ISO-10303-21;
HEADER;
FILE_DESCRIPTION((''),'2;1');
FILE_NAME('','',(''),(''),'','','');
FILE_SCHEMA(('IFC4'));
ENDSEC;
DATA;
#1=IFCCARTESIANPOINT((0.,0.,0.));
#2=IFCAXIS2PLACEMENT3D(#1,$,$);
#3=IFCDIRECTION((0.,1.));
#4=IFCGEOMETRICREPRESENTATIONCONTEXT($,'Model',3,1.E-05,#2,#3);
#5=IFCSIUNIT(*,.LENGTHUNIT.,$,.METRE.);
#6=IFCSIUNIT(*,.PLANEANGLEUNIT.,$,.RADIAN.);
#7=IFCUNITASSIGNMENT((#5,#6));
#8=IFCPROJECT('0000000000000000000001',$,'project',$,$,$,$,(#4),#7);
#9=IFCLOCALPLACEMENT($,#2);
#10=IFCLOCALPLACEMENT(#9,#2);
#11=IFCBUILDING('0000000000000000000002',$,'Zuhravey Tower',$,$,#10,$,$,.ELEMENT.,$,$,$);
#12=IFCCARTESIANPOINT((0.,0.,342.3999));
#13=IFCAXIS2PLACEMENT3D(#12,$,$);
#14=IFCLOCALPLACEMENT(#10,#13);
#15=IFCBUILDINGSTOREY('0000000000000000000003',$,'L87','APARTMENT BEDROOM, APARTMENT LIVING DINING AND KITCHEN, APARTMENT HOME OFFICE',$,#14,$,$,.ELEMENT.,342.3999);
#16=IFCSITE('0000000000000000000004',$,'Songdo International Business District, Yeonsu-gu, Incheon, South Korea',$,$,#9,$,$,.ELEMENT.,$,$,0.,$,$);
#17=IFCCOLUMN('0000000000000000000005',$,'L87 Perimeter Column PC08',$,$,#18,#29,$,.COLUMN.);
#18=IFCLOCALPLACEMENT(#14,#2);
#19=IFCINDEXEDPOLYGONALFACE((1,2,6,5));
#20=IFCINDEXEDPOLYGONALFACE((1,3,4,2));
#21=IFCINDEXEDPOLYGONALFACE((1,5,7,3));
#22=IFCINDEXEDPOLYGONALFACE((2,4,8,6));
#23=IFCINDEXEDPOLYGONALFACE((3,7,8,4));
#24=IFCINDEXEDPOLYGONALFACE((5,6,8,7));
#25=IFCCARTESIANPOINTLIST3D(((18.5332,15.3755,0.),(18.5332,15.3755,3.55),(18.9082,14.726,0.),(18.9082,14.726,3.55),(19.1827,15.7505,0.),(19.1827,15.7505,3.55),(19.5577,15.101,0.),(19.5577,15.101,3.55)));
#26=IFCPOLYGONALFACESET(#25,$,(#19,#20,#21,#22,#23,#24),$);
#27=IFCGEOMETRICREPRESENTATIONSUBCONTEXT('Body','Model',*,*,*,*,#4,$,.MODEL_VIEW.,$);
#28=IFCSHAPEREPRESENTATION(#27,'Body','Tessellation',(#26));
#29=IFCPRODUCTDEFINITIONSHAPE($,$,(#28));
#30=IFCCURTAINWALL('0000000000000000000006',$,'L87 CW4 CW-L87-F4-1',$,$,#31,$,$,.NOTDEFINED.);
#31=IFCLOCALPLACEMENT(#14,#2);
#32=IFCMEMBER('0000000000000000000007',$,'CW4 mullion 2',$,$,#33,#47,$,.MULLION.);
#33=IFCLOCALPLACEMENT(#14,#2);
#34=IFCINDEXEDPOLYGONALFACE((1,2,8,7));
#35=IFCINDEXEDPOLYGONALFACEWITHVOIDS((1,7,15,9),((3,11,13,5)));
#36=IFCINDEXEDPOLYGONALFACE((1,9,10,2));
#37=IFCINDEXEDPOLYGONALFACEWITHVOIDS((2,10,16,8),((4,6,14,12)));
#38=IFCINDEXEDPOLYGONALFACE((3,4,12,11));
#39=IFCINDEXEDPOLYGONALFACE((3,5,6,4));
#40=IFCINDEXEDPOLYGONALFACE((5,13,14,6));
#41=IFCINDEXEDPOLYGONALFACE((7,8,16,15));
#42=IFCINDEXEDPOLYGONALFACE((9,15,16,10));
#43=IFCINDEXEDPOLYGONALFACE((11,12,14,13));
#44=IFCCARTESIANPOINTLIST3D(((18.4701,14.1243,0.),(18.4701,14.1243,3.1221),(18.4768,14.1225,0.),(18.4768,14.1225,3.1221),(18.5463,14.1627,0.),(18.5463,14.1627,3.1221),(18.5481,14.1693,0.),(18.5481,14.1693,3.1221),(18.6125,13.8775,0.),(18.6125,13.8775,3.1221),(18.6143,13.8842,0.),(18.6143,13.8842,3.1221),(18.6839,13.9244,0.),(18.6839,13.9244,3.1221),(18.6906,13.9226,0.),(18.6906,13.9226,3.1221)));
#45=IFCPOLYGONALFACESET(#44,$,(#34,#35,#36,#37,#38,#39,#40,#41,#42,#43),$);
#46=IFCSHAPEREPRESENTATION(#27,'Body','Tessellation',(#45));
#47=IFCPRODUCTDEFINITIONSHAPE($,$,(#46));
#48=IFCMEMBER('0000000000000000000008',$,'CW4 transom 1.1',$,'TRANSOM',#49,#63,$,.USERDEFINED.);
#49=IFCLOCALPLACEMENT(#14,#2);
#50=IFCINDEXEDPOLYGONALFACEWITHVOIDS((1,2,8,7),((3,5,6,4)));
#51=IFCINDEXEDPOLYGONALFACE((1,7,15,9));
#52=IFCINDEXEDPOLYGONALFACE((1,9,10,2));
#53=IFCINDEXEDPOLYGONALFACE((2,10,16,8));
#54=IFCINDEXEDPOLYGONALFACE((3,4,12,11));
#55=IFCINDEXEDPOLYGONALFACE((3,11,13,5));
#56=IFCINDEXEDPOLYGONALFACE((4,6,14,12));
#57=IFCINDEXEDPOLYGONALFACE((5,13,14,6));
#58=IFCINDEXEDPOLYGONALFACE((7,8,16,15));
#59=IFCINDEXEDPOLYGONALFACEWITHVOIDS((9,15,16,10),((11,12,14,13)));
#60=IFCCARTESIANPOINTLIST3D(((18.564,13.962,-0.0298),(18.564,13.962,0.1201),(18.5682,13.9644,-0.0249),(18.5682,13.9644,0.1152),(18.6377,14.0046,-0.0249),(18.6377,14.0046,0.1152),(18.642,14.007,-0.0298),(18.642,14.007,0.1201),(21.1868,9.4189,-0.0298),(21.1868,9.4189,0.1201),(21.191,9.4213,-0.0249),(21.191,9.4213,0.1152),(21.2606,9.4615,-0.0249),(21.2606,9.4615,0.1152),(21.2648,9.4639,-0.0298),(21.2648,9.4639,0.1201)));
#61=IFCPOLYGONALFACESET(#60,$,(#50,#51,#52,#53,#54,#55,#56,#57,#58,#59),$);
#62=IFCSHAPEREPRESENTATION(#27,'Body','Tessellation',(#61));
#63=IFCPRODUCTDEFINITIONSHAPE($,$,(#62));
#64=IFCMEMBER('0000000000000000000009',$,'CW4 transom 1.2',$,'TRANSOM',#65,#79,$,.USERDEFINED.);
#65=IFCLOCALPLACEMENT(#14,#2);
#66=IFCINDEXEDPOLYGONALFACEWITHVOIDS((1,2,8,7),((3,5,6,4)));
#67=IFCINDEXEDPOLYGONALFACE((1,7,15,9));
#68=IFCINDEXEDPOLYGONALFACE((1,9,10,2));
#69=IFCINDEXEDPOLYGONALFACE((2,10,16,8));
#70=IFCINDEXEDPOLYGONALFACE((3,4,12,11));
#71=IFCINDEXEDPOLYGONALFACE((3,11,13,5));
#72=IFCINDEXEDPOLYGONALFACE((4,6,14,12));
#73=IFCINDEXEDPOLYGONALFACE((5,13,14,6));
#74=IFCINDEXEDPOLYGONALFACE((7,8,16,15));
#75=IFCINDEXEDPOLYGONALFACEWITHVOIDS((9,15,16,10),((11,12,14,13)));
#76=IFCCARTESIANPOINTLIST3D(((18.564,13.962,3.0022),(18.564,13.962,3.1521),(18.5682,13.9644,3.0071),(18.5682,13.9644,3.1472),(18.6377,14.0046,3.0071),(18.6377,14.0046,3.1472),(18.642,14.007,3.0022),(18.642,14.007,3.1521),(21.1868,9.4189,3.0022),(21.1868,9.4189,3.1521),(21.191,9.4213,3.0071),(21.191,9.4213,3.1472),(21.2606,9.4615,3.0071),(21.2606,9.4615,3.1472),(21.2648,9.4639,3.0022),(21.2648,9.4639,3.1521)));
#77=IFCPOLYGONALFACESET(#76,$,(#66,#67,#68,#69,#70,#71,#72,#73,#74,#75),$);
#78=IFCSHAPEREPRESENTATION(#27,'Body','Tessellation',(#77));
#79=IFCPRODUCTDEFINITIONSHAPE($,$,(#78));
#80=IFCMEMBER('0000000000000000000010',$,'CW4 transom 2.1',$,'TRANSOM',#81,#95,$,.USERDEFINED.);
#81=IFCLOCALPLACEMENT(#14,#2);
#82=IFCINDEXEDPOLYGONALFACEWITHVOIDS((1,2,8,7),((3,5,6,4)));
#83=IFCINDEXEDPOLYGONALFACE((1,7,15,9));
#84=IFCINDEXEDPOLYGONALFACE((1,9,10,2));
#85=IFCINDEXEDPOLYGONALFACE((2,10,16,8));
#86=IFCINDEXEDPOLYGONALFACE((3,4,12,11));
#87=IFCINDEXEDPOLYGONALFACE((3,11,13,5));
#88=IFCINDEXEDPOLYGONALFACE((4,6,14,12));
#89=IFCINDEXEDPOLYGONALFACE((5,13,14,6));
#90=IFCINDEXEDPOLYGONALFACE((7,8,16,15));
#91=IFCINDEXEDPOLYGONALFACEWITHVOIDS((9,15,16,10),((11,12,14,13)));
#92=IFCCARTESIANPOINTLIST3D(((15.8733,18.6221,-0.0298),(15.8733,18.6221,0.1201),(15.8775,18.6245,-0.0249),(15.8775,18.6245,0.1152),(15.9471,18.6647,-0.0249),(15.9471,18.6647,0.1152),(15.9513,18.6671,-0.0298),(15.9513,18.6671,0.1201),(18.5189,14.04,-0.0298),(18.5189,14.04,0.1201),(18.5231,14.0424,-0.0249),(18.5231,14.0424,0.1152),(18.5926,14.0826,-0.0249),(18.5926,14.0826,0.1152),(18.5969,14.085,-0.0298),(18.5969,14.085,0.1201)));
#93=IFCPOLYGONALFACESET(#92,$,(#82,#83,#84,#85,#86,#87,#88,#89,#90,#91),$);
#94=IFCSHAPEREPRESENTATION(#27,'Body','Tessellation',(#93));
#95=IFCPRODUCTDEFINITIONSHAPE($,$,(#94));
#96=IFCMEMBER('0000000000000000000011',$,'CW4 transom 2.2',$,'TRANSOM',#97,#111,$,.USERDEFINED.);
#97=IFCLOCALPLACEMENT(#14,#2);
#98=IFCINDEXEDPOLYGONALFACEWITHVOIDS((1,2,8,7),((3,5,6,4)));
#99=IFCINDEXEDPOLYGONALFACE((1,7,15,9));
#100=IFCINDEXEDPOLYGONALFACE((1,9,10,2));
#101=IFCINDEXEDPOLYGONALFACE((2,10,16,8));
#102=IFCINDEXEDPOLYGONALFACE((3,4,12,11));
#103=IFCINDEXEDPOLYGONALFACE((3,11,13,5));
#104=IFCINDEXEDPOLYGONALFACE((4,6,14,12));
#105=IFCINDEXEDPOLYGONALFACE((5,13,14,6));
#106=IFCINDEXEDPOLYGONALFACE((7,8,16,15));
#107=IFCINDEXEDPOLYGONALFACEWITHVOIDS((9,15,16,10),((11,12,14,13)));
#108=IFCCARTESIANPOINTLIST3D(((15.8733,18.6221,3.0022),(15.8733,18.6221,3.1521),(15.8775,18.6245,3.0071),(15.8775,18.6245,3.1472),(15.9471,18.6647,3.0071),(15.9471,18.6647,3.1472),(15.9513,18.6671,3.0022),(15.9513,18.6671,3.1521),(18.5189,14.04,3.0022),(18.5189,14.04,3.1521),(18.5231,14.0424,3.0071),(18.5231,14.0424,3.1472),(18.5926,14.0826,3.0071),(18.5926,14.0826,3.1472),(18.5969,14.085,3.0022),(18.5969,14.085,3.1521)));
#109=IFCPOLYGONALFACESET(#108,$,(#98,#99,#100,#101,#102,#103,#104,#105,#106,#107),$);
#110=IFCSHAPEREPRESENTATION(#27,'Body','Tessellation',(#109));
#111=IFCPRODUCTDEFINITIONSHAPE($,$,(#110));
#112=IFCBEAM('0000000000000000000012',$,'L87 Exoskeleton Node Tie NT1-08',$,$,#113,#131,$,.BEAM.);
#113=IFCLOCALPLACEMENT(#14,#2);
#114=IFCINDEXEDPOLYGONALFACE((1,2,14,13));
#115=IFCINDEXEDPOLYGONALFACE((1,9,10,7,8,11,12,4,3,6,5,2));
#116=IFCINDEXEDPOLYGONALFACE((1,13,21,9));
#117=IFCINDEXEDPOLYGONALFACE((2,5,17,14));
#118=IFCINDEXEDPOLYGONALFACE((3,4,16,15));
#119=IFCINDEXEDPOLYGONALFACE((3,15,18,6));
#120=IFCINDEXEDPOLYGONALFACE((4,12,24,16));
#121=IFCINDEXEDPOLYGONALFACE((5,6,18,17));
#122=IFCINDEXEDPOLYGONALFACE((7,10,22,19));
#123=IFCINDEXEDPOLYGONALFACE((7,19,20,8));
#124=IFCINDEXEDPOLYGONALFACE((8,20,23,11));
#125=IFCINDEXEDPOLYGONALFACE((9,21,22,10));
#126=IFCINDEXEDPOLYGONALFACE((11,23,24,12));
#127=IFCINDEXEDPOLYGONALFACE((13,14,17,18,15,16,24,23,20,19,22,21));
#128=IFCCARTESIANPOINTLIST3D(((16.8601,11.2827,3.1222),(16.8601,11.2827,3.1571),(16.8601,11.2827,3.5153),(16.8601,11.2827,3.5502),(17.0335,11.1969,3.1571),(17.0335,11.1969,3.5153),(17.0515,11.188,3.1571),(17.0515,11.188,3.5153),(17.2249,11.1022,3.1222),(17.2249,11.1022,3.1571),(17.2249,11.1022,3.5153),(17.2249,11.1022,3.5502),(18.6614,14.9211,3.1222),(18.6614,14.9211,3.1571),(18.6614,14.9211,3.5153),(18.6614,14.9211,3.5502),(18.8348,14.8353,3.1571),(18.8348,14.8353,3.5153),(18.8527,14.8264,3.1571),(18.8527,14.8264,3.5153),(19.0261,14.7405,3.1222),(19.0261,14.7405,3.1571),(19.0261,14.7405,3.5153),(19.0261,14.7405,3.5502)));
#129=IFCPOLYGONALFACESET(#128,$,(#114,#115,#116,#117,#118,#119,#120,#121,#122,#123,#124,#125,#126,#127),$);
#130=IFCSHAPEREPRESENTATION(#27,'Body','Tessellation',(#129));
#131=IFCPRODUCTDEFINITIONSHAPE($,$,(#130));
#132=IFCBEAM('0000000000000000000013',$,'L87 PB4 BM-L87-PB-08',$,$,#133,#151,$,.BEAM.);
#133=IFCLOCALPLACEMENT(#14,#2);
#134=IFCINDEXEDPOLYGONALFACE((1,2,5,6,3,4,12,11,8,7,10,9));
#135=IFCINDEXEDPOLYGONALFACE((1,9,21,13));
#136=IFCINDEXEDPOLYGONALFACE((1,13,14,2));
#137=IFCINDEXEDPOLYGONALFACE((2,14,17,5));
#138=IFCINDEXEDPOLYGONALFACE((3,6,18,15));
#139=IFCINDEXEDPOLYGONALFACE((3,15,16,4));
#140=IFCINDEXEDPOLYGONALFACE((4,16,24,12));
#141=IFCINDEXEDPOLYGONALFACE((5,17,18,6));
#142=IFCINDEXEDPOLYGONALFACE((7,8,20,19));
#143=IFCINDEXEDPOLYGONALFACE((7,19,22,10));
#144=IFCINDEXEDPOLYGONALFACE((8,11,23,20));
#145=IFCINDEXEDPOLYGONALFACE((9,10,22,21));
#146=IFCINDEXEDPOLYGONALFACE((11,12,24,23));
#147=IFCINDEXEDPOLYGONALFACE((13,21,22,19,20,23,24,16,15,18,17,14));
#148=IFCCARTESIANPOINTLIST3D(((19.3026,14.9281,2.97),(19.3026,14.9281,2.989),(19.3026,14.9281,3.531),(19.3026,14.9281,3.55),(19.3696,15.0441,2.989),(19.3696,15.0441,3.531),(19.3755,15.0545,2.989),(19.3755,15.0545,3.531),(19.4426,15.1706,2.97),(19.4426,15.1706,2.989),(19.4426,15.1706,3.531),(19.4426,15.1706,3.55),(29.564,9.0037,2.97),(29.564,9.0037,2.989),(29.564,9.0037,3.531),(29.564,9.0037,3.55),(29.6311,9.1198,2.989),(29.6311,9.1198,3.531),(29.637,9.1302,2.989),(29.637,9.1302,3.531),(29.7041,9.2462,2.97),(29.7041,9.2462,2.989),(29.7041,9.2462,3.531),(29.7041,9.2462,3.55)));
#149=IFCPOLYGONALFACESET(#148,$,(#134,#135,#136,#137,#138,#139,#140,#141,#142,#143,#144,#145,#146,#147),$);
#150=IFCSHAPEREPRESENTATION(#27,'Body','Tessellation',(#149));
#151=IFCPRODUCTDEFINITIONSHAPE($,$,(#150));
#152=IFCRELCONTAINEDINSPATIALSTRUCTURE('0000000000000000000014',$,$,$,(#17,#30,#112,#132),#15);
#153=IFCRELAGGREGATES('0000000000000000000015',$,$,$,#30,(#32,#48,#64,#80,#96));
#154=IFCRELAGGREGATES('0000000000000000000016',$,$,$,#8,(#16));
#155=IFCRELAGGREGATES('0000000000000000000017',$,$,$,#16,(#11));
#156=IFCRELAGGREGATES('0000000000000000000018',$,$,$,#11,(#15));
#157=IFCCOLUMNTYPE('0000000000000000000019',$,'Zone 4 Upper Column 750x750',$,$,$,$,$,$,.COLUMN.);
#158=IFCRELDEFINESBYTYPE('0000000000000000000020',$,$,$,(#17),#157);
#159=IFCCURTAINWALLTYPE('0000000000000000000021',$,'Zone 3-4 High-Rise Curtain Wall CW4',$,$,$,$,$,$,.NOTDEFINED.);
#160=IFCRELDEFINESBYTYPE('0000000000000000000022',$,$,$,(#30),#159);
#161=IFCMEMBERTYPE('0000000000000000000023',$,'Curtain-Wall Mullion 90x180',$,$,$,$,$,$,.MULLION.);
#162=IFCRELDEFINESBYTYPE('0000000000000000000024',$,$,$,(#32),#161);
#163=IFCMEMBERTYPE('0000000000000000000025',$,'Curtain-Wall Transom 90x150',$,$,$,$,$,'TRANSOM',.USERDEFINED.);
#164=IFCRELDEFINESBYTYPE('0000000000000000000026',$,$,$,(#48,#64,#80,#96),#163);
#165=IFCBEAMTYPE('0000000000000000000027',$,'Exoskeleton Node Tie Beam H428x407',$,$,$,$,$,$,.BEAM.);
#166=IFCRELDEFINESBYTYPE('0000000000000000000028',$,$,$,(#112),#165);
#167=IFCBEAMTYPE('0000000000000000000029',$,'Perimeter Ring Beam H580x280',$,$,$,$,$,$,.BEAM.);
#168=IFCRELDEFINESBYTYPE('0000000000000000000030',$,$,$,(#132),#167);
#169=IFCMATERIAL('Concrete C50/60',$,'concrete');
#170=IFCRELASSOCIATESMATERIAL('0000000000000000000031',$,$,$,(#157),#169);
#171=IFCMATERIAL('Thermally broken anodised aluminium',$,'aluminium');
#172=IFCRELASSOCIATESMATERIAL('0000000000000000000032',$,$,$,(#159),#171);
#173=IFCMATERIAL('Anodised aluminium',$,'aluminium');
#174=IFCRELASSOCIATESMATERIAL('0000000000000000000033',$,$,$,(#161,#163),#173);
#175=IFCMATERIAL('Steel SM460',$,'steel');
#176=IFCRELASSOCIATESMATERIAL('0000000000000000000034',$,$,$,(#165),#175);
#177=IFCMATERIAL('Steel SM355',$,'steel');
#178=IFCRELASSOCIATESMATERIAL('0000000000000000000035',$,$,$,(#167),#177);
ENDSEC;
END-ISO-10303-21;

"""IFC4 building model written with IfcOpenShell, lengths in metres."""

from ifc_helpers import new_model, si_unit, direction, frame, origin, origin_2d, place, context, subcontext, project, spatial, rectangle, hollow_rectangle, i_section, extrude, material, material_profile, profile_set, type_object, element, aggregate, save


model = new_model("IFC4")

# Units and contexts
model_context = context("Model", 3, precision=1e-05, world=origin(), true_north=direction((0.0, 1.0)))
body_context = subcontext(model_context, "Body", "Model", "MODEL_VIEW")
ifc_project = project(units=[si_unit("LENGTHUNIT", "METRE"), si_unit("PLANEANGLEUNIT", "RADIAN")], contexts=[model_context])

# Site, building, storey
site_placement = place(None, origin())
site = spatial("IfcSite", under=ifc_project, at=site_placement, Name="Songdo International Business District, Yeonsu-gu, Incheon, South Korea", CompositionType="ELEMENT", RefElevation=0.0)
building_placement = place(site_placement, origin())
building = spatial("IfcBuilding", under=site, at=building_placement, Name="Zuhravey Tower", CompositionType="ELEMENT")
storey_placement = place(building_placement, frame((0.0, 0.0, 342.3999)))
storey = spatial("IfcBuildingStorey", under=building, at=storey_placement, Name="L87", Description="APARTMENT BEDROOM, APARTMENT LIVING DINING AND KITCHEN, APARTMENT HOME OFFICE", CompositionType="ELEMENT", Elevation=342.3999)

# Column
ifc_material_1 = material(Name="Concrete C50/60", Category="concrete")
ifc_material_profile_1 = material_profile(ifc_material_1, rectangle(XDim=0.75, YDim=0.75, at=origin_2d()), Name="RC-750x750")
ifc_profile_set_1 = profile_set([ifc_material_profile_1], Name="Concrete C50/60")
column_type = type_object("IfcColumnType", Name="Zone 4 Upper Column 750x750", PredefinedType="COLUMN", material=ifc_profile_set_1)
column_placement = place(storey_placement, frame((19.0454, 15.2383, 0.0), z_axis=(0.0, 0.0, 1.0), x_axis=(0.5, -0.866025, 0.0)))
element("IfcColumn", 1, at=column_placement, inside=storey, type_object=column_type, Name="L87 Perimeter Column PC08", PredefinedType="COLUMN", context=body_context, shape_type="SweptSolid", body=[
    extrude(rectangle(XDim=0.75, YDim=0.75, at=origin_2d()), origin(), (0.0, 0.0, 1.0), 3.55),
])

# Curtain wall, members
ifc_material_2 = material(Name="Thermally broken anodised aluminium", Category="aluminium")
curtain_wall_type = type_object("IfcCurtainWallType", Name="Zone 3-4 High-Rise Curtain Wall CW4", PredefinedType="NOTDEFINED", material=ifc_material_2)
curtain_wall_placement = place(storey_placement, origin())
curtain_wall = element("IfcCurtainWall", 2, at=curtain_wall_placement, inside=storey, type_object=curtain_wall_type, Name="L87 CW4 CW-L87-F4-1", PredefinedType="NOTDEFINED")
ifc_material_3 = material(Name="Anodised aluminium", Category="aluminium")
ifc_material_profile_2 = material_profile(ifc_material_3, hollow_rectangle(XDim=0.0901, YDim=0.2849, WallThickness=0.0049, at=origin_2d()), Name="ALU-RHS-90x285x5")
ifc_profile_set_2 = profile_set([ifc_material_profile_2], Name="Anodised aluminium")
member_type_1 = type_object("IfcMemberType", Name="Curtain-Wall Mullion 90x180", PredefinedType="MULLION", material=ifc_profile_set_2)
member_1_placement = place(storey_placement, frame((18.5803, 14.0234, 0.0), z_axis=(0.0, 0.0, 1.0), x_axis=(-0.866026, -0.499999, 0.0)))
member_1 = element("IfcMember", 3, at=member_1_placement, type_object=member_type_1, Name="CW4 mullion 2", PredefinedType="MULLION", context=body_context, shape_type="SweptSolid", body=[
    extrude(hollow_rectangle(XDim=0.0901, YDim=0.2849, WallThickness=0.0049, at=origin_2d()), origin(), (0.0, 0.0, 1.0), 3.1221),
])
ifc_material_profile_3 = material_profile(ifc_material_3, hollow_rectangle(XDim=0.0901, YDim=0.1499, WallThickness=0.0049, at=origin_2d()), Name="ALU-RHS-90x150x5")
ifc_profile_set_3 = profile_set([ifc_material_profile_3], Name="Anodised aluminium")
member_type_2 = type_object("IfcMemberType", Name="Curtain-Wall Transom 90x150", ElementType="TRANSOM", PredefinedType="USERDEFINED", material=ifc_profile_set_3)
member_2_placement = place(storey_placement, frame((21.2258, 9.4414, 0.0452), z_axis=(-0.499988, 0.866032, 0.0), x_axis=(-0.866032, -0.499988, 0.0)))
member_2 = element("IfcMember", 4, at=member_2_placement, type_object=member_type_2, Name="CW4 transom 1.1", ObjectType="TRANSOM", PredefinedType="USERDEFINED", context=body_context, shape_type="SweptSolid", body=[
    extrude(hollow_rectangle(XDim=0.0901, YDim=0.1499, WallThickness=0.0049, at=origin_2d()), origin(), (0.0, 0.0, 1.0), 5.2458),
])
member_3_placement = place(storey_placement, frame((21.2258, 9.4414, 3.0771), z_axis=(-0.499988, 0.866032, 0.0), x_axis=(-0.866032, -0.499988, 0.0)))
member_3 = element("IfcMember", 5, at=member_3_placement, type_object=member_type_2, Name="CW4 transom 1.2", ObjectType="TRANSOM", PredefinedType="USERDEFINED", context=body_context, shape_type="SweptSolid", body=[
    extrude(hollow_rectangle(XDim=0.0901, YDim=0.1499, WallThickness=0.0049, at=origin_2d()), origin(), (0.0, 0.0, 1.0), 5.2458),
])
member_4_placement = place(storey_placement, frame((18.5579, 14.0625, 0.0452), z_axis=(-0.50001, 0.86602, 0.0), x_axis=(-0.86602, -0.50001, 0.0)))
member_4 = element("IfcMember", 6, at=member_4_placement, type_object=member_type_2, Name="CW4 transom 2.1", ObjectType="TRANSOM", PredefinedType="USERDEFINED", context=body_context, shape_type="SweptSolid", body=[
    extrude(hollow_rectangle(XDim=0.0901, YDim=0.1499, WallThickness=0.0049, at=origin_2d()), origin(), (0.0, 0.0, 1.0), 5.291),
])
member_5_placement = place(storey_placement, frame((18.5579, 14.0625, 3.0771), z_axis=(-0.50001, 0.86602, 0.0), x_axis=(-0.86602, -0.50001, 0.0)))
member_5 = element("IfcMember", 7, at=member_5_placement, type_object=member_type_2, Name="CW4 transom 2.2", ObjectType="TRANSOM", PredefinedType="USERDEFINED", context=body_context, shape_type="SweptSolid", body=[
    extrude(hollow_rectangle(XDim=0.0901, YDim=0.1499, WallThickness=0.0049, at=origin_2d()), origin(), (0.0, 0.0, 1.0), 5.291),
])

# Beams
ifc_material_4 = material(Name="Steel SM460", Category="steel")
ifc_material_profile_4 = material_profile(ifc_material_4, i_section(OverallWidth=0.407, OverallDepth=0.428, WebThickness=0.02, FlangeThickness=0.0349, at=origin_2d()), Name="H-428x407x20x35")
ifc_profile_set_4 = profile_set([ifc_material_profile_4], Name="Steel SM460")
beam_type_1 = type_object("IfcBeamType", Name="Exoskeleton Node Tie Beam H428x407", PredefinedType="BEAM", material=ifc_profile_set_4)
beam_1_placement = place(storey_placement, frame((18.8438, 14.8308, 3.3362), z_axis=(-0.443674, -0.896188, 0.0), x_axis=(0.896188, -0.443674, 0.0)))
element("IfcBeam", 8, at=beam_1_placement, inside=storey, type_object=beam_type_1, Name="L87 Exoskeleton Node Tie NT1-08", PredefinedType="BEAM", context=body_context, shape_type="SweptSolid", body=[
    extrude(i_section(OverallWidth=0.407, OverallDepth=0.428, WebThickness=0.02, FlangeThickness=0.0349, at=origin_2d()), origin(), (0.0, 0.0, 1.0), 4.0598),
])
ifc_material_5 = material(Name="Steel SM355", Category="steel")
ifc_material_profile_5 = material_profile(ifc_material_5, i_section(OverallWidth=0.28, OverallDepth=0.5801, WebThickness=0.012, FlangeThickness=0.019, at=origin_2d()), Name="H-580x280x12x19")
ifc_profile_set_5 = profile_set([ifc_material_profile_5], Name="Steel SM355")
beam_type_2 = type_object("IfcBeamType", Name="Perimeter Ring Beam H580x280", PredefinedType="BEAM", material=ifc_profile_set_5)
beam_2_placement = place(storey_placement, frame((19.3726, 15.0493, 3.26), z_axis=(0.866031, -0.499991, 0.0), x_axis=(0.499991, 0.866031, 0.0)))
element("IfcBeam", 9, at=beam_2_placement, inside=storey, type_object=beam_type_2, Name="L87 PB4 BM-L87-PB-08", PredefinedType="BEAM", context=body_context, shape_type="SweptSolid", body=[
    extrude(i_section(OverallWidth=0.28, OverallDepth=0.5801, WebThickness=0.012, FlangeThickness=0.019, at=origin_2d()), origin(), (0.0, 0.0, 1.0), 11.8489),
])

aggregate(curtain_wall, [member_1, member_2, member_3, member_4, member_5])

save(model, "model.ifc")
